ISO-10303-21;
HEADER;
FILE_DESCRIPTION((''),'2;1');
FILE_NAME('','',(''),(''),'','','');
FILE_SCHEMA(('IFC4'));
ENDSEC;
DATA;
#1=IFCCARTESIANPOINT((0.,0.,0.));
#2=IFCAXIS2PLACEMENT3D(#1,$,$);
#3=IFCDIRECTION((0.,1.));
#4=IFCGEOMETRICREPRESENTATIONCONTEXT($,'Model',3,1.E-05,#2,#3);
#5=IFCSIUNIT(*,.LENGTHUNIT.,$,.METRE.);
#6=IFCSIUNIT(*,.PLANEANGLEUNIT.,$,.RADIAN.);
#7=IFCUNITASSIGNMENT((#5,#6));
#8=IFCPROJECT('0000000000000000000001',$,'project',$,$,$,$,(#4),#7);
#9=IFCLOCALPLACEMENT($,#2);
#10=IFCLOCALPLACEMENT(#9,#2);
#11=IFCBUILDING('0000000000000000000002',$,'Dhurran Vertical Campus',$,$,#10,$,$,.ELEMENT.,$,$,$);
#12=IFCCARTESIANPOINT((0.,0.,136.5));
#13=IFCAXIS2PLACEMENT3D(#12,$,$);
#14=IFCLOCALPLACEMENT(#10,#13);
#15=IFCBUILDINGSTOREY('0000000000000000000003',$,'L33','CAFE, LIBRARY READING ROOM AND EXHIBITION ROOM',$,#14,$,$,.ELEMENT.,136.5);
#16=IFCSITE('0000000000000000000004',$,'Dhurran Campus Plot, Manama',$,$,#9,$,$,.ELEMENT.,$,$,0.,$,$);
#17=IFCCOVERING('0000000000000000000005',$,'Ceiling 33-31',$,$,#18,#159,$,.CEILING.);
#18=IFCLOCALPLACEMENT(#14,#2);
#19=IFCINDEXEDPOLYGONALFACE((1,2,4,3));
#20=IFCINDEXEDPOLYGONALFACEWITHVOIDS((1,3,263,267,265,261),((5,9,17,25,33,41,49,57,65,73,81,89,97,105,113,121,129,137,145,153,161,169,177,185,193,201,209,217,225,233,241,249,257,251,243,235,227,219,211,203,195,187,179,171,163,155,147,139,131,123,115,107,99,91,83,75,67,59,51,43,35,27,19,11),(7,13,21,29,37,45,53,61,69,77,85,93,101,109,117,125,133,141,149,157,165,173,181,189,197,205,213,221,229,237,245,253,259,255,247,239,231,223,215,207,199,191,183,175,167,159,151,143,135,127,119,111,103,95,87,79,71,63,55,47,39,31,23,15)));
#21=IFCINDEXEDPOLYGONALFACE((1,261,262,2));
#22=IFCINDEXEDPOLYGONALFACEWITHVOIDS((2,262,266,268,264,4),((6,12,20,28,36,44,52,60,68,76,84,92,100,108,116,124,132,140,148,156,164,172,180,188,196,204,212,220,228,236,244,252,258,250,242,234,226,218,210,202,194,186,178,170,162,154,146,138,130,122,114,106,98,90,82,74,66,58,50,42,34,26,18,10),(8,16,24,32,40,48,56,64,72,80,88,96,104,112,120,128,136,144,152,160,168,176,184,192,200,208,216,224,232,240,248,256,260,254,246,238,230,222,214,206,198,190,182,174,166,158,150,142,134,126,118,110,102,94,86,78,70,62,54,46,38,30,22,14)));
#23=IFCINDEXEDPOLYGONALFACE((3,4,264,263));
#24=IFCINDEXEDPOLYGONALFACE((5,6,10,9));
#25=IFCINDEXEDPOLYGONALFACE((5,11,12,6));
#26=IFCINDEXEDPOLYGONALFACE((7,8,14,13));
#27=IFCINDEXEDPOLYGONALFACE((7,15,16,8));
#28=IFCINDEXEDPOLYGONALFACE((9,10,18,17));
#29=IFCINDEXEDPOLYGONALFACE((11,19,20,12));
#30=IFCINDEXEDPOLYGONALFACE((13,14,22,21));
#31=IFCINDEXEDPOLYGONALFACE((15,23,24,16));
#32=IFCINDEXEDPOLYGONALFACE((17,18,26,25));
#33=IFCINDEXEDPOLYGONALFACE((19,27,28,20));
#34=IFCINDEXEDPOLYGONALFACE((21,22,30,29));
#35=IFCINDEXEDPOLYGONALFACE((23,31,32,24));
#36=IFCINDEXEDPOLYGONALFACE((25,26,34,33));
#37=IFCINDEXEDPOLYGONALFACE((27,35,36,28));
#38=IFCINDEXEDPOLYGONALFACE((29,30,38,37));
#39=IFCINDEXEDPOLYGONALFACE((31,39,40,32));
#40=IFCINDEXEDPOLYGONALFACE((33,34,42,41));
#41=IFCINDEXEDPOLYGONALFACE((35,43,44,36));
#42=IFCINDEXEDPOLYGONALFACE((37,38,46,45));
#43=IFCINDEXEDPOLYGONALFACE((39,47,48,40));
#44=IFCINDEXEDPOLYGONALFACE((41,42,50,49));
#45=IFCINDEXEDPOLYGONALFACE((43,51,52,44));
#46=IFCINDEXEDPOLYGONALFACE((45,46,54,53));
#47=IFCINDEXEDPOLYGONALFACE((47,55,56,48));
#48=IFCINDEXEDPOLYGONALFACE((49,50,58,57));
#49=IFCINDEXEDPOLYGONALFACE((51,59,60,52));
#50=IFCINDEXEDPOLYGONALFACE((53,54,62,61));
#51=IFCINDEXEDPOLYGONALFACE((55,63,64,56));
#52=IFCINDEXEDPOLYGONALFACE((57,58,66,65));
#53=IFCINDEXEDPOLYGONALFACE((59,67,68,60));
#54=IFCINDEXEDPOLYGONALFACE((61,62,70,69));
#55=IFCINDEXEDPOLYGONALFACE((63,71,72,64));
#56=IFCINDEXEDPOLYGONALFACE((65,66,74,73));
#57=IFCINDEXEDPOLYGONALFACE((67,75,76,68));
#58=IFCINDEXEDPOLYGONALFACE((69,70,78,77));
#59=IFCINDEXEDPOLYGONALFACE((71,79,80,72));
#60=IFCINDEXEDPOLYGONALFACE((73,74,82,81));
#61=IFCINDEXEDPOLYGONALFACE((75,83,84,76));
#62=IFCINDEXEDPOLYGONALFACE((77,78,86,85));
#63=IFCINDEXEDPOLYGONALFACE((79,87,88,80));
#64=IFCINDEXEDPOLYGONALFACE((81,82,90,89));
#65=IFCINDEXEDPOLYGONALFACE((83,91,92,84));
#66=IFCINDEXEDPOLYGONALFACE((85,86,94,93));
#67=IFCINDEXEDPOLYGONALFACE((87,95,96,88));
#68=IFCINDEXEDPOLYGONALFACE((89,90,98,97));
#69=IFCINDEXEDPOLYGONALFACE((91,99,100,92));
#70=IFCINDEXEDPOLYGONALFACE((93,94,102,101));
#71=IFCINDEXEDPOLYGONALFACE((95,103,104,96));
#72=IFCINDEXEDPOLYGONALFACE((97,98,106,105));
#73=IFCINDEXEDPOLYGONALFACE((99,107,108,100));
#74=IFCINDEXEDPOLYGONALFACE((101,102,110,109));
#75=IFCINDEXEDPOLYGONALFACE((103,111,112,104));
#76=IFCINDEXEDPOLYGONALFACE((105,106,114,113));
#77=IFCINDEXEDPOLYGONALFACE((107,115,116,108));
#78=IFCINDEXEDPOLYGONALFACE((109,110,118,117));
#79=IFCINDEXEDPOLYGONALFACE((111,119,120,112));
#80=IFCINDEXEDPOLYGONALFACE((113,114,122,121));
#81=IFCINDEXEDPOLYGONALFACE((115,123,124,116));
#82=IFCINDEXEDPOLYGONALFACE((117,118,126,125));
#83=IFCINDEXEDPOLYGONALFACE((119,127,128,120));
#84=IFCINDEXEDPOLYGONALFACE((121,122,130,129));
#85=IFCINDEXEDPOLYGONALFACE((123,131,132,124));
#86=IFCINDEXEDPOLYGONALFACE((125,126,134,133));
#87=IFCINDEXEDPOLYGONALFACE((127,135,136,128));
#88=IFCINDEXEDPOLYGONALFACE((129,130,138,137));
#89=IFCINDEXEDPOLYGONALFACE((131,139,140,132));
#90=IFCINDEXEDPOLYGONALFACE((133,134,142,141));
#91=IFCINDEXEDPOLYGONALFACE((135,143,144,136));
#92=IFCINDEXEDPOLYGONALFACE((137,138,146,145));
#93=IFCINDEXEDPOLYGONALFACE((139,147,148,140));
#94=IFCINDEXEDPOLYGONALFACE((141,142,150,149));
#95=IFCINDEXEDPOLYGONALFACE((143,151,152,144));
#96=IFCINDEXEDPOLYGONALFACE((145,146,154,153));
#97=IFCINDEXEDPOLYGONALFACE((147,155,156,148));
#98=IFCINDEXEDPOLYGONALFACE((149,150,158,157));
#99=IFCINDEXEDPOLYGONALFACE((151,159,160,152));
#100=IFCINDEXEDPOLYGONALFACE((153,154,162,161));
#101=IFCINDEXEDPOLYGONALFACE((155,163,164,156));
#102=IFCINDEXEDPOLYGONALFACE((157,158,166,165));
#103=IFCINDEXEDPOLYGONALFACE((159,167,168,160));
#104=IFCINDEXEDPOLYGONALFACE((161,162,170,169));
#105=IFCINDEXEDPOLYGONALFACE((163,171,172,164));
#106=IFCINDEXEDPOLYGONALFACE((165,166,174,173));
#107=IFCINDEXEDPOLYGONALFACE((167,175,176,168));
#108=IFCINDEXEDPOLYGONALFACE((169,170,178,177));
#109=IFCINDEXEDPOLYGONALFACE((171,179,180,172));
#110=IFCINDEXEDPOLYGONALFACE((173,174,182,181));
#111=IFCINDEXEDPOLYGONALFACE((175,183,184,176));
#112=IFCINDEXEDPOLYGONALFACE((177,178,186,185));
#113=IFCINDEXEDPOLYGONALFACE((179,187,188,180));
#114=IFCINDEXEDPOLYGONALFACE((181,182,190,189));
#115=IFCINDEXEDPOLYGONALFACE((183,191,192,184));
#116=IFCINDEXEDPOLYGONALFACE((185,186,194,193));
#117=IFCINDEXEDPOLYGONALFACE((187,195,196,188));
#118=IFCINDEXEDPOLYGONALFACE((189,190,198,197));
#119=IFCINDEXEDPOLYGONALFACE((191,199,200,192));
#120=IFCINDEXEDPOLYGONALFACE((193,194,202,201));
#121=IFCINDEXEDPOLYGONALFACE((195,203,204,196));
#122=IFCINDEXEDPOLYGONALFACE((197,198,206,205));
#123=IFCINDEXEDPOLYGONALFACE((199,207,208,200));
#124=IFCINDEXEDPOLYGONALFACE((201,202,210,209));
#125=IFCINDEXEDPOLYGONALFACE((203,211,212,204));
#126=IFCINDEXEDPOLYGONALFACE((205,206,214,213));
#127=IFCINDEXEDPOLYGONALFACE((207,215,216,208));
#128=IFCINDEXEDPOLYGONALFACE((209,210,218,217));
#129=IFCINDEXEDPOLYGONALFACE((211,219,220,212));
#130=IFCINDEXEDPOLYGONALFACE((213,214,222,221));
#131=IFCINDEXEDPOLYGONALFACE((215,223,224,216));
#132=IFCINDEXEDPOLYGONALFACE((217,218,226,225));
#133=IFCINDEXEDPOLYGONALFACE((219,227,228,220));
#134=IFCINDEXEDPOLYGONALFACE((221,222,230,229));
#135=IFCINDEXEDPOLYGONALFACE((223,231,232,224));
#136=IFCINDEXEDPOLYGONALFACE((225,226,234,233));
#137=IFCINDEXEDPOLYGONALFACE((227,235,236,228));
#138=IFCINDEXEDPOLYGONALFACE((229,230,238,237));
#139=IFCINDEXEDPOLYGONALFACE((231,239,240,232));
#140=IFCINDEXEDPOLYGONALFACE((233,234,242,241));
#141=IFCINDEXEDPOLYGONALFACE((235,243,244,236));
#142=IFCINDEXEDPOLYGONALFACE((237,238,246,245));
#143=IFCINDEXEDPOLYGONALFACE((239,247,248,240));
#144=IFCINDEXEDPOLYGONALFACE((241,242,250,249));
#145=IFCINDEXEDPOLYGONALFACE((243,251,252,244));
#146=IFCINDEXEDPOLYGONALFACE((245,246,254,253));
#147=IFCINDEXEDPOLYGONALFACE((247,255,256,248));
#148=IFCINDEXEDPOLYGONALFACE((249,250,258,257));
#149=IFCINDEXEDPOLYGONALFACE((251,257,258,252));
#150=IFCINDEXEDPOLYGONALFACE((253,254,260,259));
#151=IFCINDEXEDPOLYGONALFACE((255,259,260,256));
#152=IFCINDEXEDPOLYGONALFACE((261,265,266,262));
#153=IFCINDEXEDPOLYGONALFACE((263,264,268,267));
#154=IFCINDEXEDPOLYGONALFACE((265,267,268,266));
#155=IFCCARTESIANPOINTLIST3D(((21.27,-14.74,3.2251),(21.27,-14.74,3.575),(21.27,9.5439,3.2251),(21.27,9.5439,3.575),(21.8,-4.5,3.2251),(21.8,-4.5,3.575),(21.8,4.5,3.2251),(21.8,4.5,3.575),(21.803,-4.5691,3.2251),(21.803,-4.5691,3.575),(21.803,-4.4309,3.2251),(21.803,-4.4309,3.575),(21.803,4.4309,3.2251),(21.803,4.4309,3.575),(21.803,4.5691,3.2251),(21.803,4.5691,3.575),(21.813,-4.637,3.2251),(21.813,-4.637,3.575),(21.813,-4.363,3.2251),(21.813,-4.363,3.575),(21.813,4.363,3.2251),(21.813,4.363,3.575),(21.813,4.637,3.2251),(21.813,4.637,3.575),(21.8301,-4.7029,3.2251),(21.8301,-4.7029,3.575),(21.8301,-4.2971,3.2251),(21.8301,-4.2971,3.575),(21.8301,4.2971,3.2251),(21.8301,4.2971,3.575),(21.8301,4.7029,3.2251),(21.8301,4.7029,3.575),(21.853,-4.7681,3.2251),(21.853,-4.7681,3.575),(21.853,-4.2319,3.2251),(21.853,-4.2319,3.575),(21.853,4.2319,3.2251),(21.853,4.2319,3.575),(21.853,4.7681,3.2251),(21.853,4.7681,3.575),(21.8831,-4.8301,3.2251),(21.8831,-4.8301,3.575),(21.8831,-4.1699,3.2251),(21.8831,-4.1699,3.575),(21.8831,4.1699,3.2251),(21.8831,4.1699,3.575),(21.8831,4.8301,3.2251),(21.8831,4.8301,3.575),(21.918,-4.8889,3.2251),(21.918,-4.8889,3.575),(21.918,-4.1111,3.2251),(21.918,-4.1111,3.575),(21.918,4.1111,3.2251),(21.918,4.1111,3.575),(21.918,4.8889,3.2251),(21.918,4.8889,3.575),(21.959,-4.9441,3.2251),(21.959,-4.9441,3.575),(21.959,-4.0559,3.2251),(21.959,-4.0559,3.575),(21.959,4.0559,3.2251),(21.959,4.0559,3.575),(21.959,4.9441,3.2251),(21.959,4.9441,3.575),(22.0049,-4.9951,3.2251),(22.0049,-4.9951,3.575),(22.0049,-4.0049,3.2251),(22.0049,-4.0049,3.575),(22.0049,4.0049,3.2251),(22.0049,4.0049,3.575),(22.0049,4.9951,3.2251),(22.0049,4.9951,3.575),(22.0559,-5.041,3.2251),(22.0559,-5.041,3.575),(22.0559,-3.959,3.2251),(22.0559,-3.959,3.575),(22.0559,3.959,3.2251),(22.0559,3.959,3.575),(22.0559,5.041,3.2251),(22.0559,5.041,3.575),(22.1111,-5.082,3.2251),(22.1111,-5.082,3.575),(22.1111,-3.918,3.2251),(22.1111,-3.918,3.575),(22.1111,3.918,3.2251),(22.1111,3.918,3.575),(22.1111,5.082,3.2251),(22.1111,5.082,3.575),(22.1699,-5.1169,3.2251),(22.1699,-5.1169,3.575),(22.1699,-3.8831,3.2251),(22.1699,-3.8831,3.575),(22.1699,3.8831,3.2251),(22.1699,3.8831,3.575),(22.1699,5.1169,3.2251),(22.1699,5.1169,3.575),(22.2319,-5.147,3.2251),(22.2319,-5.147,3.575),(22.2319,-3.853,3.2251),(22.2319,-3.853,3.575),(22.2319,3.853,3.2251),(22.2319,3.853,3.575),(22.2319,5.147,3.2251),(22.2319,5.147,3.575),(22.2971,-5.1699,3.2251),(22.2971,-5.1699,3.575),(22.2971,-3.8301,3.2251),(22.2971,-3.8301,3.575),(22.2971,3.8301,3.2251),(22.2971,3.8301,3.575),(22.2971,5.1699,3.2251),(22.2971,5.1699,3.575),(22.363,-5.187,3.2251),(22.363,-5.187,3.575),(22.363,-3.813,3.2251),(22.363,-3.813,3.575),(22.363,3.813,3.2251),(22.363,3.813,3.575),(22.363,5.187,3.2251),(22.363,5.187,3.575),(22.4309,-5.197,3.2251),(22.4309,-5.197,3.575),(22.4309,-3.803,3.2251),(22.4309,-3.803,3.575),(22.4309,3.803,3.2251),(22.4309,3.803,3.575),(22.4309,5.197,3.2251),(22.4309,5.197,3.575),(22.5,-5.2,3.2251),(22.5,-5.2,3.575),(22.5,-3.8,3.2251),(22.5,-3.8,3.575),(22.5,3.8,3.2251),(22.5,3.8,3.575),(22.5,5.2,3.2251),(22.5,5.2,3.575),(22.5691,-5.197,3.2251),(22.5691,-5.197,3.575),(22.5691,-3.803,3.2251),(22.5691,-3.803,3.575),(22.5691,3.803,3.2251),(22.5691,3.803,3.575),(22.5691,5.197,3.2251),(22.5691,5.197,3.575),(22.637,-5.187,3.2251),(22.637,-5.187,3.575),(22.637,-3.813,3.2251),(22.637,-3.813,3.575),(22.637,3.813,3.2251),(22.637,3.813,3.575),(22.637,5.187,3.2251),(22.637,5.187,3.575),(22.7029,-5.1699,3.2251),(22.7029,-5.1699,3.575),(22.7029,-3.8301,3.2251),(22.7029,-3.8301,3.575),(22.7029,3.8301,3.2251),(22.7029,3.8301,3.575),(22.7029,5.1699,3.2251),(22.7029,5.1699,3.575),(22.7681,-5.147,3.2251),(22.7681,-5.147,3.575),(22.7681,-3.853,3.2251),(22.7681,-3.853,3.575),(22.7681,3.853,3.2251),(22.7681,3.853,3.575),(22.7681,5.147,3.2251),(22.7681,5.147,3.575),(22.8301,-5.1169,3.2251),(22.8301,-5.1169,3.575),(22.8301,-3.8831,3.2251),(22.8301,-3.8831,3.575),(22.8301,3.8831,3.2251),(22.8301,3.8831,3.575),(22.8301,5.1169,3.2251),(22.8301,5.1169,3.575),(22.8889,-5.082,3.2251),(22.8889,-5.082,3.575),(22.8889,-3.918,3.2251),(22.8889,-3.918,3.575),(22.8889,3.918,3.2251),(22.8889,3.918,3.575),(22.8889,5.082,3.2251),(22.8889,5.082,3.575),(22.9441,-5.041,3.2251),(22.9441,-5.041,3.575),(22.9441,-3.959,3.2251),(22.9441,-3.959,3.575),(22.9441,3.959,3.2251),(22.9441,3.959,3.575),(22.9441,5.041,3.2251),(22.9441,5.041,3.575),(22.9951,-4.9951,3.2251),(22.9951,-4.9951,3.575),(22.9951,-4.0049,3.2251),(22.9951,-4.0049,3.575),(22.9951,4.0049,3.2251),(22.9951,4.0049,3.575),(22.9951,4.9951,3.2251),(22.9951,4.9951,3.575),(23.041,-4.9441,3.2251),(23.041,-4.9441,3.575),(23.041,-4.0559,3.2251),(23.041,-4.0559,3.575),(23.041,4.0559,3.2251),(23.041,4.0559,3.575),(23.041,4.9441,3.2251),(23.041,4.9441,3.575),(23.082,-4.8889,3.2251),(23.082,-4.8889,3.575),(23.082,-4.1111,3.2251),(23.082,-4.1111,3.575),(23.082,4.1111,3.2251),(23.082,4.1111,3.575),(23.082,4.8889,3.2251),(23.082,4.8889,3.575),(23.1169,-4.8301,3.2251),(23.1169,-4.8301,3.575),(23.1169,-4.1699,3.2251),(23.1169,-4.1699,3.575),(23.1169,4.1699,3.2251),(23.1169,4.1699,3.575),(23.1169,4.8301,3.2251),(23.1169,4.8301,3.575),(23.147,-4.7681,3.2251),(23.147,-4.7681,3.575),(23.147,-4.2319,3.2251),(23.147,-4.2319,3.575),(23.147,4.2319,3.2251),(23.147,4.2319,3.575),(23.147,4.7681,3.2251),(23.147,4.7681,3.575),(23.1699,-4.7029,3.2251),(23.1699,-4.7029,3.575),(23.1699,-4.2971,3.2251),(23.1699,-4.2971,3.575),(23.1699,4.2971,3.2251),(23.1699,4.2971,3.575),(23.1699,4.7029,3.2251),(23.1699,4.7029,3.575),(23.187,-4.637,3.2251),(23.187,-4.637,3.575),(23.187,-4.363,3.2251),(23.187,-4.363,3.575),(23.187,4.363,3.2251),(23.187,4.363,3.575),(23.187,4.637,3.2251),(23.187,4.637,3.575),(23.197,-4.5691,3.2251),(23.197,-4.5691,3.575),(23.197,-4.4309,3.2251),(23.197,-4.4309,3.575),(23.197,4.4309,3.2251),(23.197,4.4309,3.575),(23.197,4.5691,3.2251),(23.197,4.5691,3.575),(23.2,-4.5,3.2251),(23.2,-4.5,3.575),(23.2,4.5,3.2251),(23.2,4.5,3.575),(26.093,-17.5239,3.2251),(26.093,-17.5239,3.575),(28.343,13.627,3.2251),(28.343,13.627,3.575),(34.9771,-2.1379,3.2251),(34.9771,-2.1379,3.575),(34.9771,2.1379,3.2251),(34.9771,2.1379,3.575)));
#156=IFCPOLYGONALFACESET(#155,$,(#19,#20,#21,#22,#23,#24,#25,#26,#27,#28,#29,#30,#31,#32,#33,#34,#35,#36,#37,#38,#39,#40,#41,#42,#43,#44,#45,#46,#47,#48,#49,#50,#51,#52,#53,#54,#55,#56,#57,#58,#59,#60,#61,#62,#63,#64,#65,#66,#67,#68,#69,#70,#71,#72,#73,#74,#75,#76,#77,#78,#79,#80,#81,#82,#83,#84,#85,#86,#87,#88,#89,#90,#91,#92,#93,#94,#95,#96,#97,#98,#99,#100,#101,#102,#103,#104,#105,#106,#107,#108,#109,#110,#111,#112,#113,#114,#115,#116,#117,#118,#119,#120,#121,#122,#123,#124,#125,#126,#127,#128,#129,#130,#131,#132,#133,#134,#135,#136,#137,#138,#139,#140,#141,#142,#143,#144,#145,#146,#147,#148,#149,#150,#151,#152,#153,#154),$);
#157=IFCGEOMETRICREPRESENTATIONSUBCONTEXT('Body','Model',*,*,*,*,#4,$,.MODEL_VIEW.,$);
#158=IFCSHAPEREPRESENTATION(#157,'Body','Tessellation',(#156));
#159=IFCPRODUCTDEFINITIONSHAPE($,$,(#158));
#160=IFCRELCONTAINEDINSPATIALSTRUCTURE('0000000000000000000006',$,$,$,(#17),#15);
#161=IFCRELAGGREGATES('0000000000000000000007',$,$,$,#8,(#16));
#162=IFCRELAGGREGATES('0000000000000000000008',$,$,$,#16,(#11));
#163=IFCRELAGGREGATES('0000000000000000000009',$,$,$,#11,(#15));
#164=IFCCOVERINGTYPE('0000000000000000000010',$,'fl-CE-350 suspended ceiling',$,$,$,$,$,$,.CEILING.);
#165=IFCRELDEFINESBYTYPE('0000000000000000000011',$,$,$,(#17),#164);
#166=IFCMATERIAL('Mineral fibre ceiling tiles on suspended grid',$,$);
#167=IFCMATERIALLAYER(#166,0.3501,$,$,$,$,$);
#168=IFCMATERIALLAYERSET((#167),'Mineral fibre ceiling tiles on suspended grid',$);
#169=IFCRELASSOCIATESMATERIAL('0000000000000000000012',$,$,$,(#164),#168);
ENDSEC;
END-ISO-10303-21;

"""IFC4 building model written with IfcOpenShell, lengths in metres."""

from ifc_helpers import new_model, si_unit, direction, frame, origin, place, context, subcontext, project, spatial, polyline, outline, extrude, material, layer, layer_set, type_object, element, save


model = new_model("IFC4")

# Units and contexts
model_context = context("Model", 3, precision=1e-05, world=origin(), true_north=direction((0.0, 1.0)))
body_context = subcontext(model_context, "Body", "Model", "MODEL_VIEW")
ifc_project = project(units=[si_unit("LENGTHUNIT", "METRE"), si_unit("PLANEANGLEUNIT", "RADIAN")], contexts=[model_context])

# Site, building, storey
site_placement = place(None, origin())
site = spatial("IfcSite", under=ifc_project, at=site_placement, Name="Dhurran Campus Plot, Manama", CompositionType="ELEMENT", RefElevation=0.0)
building_placement = place(site_placement, origin())
building = spatial("IfcBuilding", under=site, at=building_placement, Name="Dhurran Vertical Campus", CompositionType="ELEMENT")
storey_placement = place(building_placement, frame((0.0, 0.0, 136.5)))
storey = spatial("IfcBuildingStorey", under=building, at=storey_placement, Name="L33", Description="CAFE, LIBRARY READING ROOM AND EXHIBITION ROOM", CompositionType="ELEMENT", Elevation=136.5)

# Covering
ifc_material_1 = material(Name="Mineral fibre ceiling tiles on suspended grid")
ifc_layer_1 = layer(ifc_material_1, 0.3501)
ifc_layer_set_1 = layer_set([ifc_layer_1], Name="Mineral fibre ceiling tiles on suspended grid")
covering_type = type_object("IfcCoveringType", Name="fl-CE-350 suspended ceiling", PredefinedType="CEILING", material=ifc_layer_set_1)
covering_1_placement = place(storey_placement, frame((0.0, 0.0, 3.2251)))
element("IfcCovering", 1, at=covering_1_placement, inside=storey, type_object=covering_type, Name="Ceiling 33-31", PredefinedType="CEILING", context=body_context, shape_type="SweptSolid", body=[
    extrude(outline(polyline([(28.343, 13.627), (34.9771, 2.1379), (34.9771, -2.1379), (26.093, -17.5239), (21.27, -14.74), (21.27, 9.5439), (28.343, 13.627)]), holes=[polyline([(23.187, -4.363), (23.1699, -4.2971), (23.147, -4.2319), (23.1169, -4.1699), (23.082, -4.1111), (23.041, -4.0559), (22.9951, -4.0049), (22.9441, -3.959), (22.8889, -3.918), (22.8301, -3.8831), (22.7681, -3.853), (22.7029, -3.8301), (22.637, -3.813), (22.5691, -3.803), (22.5, -3.8), (22.4309, -3.803), (22.363, -3.813), (22.2971, -3.8301), (22.2319, -3.853), (22.1699, -3.8831), (22.1111, -3.918), (22.0559, -3.959), (22.0049, -4.0049), (21.959, -4.0559), (21.918, -4.1111), (21.8831, -4.1699), (21.853, -4.2319), (21.8301, -4.2971), (21.813, -4.363), (21.803, -4.4309), (21.8, -4.5), (21.803, -4.5691), (21.813, -4.637), (21.8301, -4.7029), (21.853, -4.7681), (21.8831, -4.8301), (21.918, -4.8889), (21.959, -4.9441), (22.0049, -4.9951), (22.0559, -5.041), (22.1111, -5.082), (22.1699, -5.1169), (22.2319, -5.147), (22.2971, -5.1699), (22.363, -5.187), (22.4309, -5.197), (22.5, -5.2), (22.5691, -5.197), (22.637, -5.187), (22.7029, -5.1699), (22.7681, -5.147), (22.8301, -5.1169), (22.8889, -5.082), (22.9441, -5.041), (22.9951, -4.9951), (23.041, -4.9441), (23.082, -4.8889), (23.1169, -4.8301), (23.147, -4.7681), (23.1699, -4.7029), (23.187, -4.637), (23.197, -4.5691), (23.2, -4.5), (23.197, -4.4309), (23.187, -4.363)]), polyline([(23.197, 4.5691), (23.187, 4.637), (23.1699, 4.7029), (23.147, 4.7681), (23.1169, 4.8301), (23.082, 4.8889), (23.041, 4.9441), (22.9951, 4.9951), (22.9441, 5.041), (22.8889, 5.082), (22.8301, 5.1169), (22.7681, 5.147), (22.7029, 5.1699), (22.637, 5.187), (22.5691, 5.197), (22.5, 5.2), (22.4309, 5.197), (22.363, 5.187), (22.2971, 5.1699), (22.2319, 5.147), (22.1699, 5.1169), (22.1111, 5.082), (22.0559, 5.041), (22.0049, 4.9951), (21.959, 4.9441), (21.918, 4.8889), (21.8831, 4.8301), (21.853, 4.7681), (21.8301, 4.7029), (21.813, 4.637), (21.803, 4.5691), (21.8, 4.5), (21.803, 4.4309), (21.813, 4.363), (21.8301, 4.2971), (21.853, 4.2319), (21.8831, 4.1699), (21.918, 4.1111), (21.959, 4.0559), (22.0049, 4.0049), (22.0559, 3.959), (22.1111, 3.918), (22.1699, 3.8831), (22.2319, 3.853), (22.2971, 3.8301), (22.363, 3.813), (22.4309, 3.803), (22.5, 3.8), (22.5691, 3.803), (22.637, 3.813), (22.7029, 3.8301), (22.7681, 3.853), (22.8301, 3.8831), (22.8889, 3.918), (22.9441, 3.959), (22.9951, 4.0049), (23.041, 4.0559), (23.082, 4.1111), (23.1169, 4.1699), (23.147, 4.2319), (23.1699, 4.2971), (23.187, 4.363), (23.197, 4.4309), (23.2, 4.5), (23.197, 4.5691)])]), origin(), (0.0, 0.0, 1.0), 0.3499),
])

save(model, "model.ifc")
